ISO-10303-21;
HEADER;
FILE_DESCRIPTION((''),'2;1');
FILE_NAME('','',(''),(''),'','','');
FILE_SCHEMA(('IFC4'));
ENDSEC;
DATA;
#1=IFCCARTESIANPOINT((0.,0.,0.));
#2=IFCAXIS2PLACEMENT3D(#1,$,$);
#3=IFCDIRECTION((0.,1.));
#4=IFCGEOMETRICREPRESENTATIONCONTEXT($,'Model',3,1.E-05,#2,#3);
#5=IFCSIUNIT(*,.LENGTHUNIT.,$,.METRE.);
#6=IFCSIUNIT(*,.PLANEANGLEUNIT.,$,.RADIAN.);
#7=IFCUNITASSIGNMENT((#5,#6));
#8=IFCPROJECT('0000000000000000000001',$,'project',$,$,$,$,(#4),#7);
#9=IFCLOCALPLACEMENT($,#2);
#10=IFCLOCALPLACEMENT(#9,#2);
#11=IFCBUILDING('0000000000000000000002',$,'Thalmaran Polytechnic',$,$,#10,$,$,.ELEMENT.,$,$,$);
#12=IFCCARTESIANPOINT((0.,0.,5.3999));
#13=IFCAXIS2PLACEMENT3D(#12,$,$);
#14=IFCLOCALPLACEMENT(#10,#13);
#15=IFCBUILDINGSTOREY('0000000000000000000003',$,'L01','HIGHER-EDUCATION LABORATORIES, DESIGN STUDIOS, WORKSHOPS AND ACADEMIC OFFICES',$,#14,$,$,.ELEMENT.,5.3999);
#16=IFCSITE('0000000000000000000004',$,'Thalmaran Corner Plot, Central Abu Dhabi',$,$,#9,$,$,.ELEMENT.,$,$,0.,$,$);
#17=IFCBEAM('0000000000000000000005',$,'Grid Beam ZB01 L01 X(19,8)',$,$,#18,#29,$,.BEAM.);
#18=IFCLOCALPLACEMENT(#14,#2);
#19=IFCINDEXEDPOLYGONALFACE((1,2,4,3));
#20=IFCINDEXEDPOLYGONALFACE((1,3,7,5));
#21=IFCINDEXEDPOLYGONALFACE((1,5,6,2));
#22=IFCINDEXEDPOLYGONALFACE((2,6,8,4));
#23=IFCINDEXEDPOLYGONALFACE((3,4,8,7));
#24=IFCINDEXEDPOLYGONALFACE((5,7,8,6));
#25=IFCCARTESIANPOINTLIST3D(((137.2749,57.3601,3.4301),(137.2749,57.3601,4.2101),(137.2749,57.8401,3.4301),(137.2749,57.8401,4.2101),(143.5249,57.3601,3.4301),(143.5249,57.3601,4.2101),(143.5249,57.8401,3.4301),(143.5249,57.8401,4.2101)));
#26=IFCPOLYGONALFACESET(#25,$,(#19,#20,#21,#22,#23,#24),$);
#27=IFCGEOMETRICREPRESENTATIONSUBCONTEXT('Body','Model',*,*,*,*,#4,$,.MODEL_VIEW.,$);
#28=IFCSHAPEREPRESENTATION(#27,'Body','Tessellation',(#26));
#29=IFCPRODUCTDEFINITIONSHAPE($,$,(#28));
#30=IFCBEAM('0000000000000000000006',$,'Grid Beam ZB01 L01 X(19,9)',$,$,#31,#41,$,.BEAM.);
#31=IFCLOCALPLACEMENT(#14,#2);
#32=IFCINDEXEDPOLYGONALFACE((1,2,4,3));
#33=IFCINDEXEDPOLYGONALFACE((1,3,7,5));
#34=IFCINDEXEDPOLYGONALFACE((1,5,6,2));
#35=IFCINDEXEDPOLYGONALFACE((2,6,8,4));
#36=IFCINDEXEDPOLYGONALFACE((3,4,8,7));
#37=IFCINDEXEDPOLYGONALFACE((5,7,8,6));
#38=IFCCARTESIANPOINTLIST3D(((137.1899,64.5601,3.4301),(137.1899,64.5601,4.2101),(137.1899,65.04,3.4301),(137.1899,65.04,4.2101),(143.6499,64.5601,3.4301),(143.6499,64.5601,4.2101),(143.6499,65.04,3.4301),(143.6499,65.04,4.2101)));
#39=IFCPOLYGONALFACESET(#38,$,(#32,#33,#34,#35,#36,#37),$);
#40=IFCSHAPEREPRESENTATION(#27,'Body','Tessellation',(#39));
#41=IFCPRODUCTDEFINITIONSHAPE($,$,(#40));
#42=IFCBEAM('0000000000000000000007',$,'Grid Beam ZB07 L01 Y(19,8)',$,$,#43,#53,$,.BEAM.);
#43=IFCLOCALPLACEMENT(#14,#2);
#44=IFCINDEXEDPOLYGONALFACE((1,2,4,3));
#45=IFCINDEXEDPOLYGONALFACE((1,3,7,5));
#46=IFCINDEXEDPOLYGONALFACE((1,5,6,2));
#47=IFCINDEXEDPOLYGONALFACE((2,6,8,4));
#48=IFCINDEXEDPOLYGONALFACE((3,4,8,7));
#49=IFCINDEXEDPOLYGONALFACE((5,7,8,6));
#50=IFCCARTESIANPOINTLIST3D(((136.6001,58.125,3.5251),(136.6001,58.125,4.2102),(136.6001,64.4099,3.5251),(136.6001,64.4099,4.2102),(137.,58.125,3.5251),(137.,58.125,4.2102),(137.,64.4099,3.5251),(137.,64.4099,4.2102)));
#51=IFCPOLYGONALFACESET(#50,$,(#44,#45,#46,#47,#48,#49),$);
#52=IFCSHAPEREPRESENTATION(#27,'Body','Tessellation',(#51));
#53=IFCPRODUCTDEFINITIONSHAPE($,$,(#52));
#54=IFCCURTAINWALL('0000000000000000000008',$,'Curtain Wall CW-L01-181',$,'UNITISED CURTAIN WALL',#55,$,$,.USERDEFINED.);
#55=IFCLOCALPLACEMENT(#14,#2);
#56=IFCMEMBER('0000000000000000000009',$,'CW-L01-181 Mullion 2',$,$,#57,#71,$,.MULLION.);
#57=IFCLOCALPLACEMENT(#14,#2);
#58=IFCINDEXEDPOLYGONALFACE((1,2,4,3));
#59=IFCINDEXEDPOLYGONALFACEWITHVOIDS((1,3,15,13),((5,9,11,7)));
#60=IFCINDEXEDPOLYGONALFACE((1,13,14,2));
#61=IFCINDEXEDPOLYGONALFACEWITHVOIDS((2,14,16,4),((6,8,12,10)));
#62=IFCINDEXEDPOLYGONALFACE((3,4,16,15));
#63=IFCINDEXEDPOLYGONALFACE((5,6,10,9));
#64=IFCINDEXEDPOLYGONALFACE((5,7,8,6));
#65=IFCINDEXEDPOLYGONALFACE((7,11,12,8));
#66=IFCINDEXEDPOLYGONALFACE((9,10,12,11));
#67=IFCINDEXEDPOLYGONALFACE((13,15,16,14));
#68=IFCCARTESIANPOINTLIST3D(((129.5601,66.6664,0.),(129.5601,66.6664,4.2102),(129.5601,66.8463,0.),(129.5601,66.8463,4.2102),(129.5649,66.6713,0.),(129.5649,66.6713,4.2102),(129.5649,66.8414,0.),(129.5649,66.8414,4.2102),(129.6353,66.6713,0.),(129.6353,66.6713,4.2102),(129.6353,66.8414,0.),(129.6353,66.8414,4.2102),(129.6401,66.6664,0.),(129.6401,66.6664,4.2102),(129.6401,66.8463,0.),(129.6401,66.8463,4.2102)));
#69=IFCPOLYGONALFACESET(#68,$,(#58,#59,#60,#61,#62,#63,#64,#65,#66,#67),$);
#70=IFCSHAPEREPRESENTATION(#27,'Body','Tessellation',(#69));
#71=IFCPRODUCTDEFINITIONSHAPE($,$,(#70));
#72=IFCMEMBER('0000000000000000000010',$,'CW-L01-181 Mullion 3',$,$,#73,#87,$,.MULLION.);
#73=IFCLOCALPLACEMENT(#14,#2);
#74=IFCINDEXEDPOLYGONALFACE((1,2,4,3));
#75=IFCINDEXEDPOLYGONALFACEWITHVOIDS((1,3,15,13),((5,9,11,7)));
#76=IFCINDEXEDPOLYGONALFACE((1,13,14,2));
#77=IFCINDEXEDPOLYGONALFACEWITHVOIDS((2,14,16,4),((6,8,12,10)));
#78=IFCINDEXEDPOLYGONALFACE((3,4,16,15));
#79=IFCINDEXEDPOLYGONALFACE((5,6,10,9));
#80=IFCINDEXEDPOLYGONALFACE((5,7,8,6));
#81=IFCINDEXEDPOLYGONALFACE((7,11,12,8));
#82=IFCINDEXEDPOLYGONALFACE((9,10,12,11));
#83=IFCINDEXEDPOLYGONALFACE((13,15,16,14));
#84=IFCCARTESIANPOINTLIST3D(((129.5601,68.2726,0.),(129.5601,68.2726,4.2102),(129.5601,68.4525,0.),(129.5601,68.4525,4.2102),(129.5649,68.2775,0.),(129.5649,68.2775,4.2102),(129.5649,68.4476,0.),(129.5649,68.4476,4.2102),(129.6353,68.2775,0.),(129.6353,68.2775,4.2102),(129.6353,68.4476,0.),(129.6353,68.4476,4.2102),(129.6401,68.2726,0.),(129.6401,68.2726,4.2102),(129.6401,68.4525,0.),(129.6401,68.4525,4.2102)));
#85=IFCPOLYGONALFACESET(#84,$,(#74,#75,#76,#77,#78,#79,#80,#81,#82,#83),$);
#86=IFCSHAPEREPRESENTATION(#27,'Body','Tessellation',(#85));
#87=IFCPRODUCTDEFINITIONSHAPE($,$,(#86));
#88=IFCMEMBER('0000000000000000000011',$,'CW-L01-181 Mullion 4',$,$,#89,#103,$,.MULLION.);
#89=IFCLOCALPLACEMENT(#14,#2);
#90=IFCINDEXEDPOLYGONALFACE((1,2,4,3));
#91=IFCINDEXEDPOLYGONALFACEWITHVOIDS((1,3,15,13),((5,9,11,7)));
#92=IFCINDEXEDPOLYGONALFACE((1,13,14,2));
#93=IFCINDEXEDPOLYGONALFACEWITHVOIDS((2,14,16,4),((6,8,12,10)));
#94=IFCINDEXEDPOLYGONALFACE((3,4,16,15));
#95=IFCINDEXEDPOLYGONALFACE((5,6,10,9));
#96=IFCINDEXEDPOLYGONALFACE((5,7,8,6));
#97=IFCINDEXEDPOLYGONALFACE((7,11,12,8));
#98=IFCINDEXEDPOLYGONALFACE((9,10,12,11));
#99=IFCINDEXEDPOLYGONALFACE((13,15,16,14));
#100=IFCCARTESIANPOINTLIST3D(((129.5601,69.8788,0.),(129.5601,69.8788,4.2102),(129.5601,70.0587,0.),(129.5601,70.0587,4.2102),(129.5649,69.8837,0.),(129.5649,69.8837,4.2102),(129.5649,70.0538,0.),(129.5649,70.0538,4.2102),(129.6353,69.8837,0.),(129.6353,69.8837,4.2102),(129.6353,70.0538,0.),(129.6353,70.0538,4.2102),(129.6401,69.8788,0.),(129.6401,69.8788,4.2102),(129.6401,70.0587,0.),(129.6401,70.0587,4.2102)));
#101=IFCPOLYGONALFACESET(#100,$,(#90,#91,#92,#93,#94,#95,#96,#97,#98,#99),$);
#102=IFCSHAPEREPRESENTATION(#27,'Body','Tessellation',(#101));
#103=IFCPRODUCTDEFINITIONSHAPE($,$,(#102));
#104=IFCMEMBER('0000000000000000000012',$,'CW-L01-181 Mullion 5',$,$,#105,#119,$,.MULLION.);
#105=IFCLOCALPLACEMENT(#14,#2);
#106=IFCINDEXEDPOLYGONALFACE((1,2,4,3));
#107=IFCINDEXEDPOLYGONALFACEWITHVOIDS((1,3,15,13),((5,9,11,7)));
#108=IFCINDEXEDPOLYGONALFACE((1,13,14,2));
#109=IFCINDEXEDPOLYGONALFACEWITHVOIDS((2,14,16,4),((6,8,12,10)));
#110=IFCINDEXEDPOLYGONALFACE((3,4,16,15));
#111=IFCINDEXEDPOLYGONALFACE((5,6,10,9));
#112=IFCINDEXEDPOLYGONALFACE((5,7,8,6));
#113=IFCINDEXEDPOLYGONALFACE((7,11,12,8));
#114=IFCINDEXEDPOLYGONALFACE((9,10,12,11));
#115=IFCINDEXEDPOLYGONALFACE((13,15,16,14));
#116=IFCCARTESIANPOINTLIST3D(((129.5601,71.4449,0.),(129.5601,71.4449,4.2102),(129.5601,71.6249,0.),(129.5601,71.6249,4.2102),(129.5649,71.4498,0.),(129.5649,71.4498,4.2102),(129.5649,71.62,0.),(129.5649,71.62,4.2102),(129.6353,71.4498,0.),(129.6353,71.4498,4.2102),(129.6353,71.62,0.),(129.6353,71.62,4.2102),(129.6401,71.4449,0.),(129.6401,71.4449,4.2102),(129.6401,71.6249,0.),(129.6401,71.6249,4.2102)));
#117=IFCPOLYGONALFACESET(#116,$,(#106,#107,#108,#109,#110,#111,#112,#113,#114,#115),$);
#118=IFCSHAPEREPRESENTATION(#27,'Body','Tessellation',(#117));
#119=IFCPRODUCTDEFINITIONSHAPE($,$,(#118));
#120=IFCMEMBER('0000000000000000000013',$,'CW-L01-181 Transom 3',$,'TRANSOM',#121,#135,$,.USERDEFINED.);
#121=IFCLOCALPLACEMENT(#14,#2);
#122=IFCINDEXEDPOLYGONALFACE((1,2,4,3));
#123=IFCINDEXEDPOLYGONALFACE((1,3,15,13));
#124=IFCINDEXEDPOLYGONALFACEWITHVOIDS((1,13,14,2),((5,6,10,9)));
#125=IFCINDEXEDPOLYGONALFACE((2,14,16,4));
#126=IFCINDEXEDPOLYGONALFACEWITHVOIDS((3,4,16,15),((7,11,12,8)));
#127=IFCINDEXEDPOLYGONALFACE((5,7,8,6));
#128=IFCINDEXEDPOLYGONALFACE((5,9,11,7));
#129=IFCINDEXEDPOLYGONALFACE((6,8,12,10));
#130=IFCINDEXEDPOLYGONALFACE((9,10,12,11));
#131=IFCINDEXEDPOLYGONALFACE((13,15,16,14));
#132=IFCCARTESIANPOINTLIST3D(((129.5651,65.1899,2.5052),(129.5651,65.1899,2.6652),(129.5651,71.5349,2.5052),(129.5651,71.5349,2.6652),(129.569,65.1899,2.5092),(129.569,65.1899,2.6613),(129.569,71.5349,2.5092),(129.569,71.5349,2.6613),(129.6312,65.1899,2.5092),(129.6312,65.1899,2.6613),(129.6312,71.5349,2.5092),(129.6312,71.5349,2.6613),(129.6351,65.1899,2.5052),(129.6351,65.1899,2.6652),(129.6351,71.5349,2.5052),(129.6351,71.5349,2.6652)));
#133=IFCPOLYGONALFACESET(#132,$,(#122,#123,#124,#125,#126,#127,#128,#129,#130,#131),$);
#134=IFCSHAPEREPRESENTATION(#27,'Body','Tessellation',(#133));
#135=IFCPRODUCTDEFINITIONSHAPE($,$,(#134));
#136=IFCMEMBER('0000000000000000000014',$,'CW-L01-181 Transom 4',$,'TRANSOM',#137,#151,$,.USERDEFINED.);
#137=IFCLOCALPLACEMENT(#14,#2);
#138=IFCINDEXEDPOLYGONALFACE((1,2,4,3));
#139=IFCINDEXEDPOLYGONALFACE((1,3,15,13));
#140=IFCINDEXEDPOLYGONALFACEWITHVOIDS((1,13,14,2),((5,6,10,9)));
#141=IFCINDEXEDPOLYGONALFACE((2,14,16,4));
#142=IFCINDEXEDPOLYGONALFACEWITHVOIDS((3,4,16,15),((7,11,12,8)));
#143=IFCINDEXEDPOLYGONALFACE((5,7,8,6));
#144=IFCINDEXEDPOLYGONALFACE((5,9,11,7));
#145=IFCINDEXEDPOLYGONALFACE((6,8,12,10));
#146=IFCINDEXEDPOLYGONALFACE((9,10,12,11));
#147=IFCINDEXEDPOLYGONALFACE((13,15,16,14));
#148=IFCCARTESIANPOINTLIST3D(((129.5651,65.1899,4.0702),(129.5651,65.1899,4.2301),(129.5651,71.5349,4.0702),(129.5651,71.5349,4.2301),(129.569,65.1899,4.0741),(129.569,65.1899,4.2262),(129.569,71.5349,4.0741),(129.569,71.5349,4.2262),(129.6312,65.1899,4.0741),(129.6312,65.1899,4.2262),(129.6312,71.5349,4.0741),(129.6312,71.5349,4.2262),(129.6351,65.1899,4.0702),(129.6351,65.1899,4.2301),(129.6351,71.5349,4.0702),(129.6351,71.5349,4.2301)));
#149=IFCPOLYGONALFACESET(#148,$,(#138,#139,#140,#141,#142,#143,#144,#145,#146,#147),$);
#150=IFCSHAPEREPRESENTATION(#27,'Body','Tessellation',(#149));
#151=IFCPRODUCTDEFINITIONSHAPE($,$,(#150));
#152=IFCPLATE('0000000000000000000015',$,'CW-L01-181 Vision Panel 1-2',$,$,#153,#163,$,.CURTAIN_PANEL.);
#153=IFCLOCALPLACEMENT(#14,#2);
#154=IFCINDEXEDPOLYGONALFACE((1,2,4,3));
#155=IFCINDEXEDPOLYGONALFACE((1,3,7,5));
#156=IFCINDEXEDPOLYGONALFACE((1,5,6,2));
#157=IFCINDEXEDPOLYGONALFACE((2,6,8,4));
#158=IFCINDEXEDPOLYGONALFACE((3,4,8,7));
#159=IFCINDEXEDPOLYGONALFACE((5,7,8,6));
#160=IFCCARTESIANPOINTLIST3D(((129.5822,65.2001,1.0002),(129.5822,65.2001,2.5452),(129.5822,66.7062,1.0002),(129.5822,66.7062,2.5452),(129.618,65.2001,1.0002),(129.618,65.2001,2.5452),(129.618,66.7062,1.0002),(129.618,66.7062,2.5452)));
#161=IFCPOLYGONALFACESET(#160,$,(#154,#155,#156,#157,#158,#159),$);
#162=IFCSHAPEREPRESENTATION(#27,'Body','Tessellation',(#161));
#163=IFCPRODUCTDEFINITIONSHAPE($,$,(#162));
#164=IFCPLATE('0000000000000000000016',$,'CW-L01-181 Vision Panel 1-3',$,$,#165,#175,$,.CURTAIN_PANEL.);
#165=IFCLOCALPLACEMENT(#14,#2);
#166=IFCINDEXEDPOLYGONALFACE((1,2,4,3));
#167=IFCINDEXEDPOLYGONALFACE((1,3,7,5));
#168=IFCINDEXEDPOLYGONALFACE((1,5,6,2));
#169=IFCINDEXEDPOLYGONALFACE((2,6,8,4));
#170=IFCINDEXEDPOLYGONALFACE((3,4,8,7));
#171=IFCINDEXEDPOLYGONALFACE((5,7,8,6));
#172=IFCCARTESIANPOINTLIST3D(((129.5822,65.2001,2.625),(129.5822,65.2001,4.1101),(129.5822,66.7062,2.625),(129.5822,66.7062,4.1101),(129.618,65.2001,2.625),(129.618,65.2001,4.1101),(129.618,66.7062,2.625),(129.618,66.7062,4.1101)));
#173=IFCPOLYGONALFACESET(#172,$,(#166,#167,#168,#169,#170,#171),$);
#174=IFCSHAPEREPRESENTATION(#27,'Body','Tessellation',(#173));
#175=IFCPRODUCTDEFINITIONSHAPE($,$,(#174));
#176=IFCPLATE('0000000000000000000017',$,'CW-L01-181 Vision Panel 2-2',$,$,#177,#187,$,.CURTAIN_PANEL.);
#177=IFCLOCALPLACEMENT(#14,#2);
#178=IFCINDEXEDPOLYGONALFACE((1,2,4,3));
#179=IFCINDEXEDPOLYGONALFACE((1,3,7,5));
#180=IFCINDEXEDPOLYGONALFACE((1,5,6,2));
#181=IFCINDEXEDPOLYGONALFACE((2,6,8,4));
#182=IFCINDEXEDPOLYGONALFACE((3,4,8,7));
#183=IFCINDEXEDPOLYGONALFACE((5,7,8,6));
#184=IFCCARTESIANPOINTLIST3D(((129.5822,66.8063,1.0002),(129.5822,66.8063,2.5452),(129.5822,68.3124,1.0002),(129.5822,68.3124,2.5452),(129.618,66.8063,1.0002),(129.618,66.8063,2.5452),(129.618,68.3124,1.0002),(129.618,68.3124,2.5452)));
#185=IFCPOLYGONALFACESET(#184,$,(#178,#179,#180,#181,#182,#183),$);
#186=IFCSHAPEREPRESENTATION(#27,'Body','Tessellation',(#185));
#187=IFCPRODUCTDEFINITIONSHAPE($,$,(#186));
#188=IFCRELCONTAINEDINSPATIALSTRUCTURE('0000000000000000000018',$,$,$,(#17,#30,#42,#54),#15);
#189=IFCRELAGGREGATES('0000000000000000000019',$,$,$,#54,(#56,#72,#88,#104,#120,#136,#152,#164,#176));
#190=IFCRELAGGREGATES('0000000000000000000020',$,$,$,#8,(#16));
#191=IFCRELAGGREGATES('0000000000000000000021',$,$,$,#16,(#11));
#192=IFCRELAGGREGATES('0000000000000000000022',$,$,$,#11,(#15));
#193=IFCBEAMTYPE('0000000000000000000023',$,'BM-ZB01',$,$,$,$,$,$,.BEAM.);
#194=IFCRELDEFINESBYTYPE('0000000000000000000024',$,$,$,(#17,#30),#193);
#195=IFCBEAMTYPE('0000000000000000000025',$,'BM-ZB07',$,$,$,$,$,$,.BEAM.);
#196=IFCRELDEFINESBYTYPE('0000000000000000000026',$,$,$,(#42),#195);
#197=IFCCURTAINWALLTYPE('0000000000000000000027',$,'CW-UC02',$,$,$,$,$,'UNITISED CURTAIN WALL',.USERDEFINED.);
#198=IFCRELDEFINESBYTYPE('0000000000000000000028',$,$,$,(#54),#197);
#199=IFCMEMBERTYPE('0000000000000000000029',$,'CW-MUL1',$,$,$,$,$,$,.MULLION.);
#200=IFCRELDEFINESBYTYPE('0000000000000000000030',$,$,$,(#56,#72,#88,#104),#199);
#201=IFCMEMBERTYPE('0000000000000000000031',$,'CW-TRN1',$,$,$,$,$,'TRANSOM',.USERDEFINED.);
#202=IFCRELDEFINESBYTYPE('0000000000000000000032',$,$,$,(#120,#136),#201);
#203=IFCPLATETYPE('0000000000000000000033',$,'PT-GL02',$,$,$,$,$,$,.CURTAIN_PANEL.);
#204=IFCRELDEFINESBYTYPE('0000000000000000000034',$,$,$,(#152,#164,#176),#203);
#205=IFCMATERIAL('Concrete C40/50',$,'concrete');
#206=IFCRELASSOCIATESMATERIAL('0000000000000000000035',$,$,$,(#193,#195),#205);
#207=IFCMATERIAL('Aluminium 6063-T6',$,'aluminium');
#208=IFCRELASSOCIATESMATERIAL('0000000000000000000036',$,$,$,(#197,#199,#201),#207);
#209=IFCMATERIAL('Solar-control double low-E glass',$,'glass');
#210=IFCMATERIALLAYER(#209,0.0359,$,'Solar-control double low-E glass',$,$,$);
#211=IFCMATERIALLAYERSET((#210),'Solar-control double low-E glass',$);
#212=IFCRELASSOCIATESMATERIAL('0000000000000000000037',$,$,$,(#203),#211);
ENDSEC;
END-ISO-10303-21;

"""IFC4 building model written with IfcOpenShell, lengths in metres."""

from ifc_helpers import new_model, si_unit, direction, frame, origin, origin_2d, place, context, subcontext, project, spatial, rectangle, hollow_rectangle, extrude, material, layer, layer_set, material_profile, profile_set, type_object, element, aggregate, save


model = new_model("IFC4")

# Units and contexts
model_context = context("Model", 3, precision=1e-05, world=origin(), true_north=direction((0.0, 1.0)))
body_context = subcontext(model_context, "Body", "Model", "MODEL_VIEW")
ifc_project = project(units=[si_unit("LENGTHUNIT", "METRE"), si_unit("PLANEANGLEUNIT", "RADIAN")], contexts=[model_context])

# Site, building, storey
site_placement = place(None, origin())
site = spatial("IfcSite", under=ifc_project, at=site_placement, Name="Thalmaran Corner Plot, Central Abu Dhabi", CompositionType="ELEMENT", RefElevation=0.0)
building_placement = place(site_placement, origin())
building = spatial("IfcBuilding", under=site, at=building_placement, Name="Thalmaran Polytechnic", CompositionType="ELEMENT")
storey_placement = place(building_placement, frame((0.0, 0.0, 5.3999)))
storey = spatial("IfcBuildingStorey", under=building, at=storey_placement, Name="L01", Description="HIGHER-EDUCATION LABORATORIES, DESIGN STUDIOS, WORKSHOPS AND ACADEMIC OFFICES", CompositionType="ELEMENT", Elevation=5.3999)

# Beams
ifc_material_1 = material(Name="Concrete C40/50", Category="concrete")
ifc_material_profile_1 = material_profile(ifc_material_1, rectangle(XDim=0.48, YDim=0.78, at=origin_2d()), Name="RC 480x780")
ifc_profile_set_1 = profile_set([ifc_material_profile_1], Name="Concrete C40/50")
beam_type_1 = type_object("IfcBeamType", Name="BM-ZB01", PredefinedType="BEAM", material=ifc_profile_set_1)
beam_1_placement = place(storey_placement, frame((137.2749, 57.6001, 3.8201), z_axis=(1.0, 0.0, 0.0), x_axis=(0.0, 1.0, 0.0)))
element("IfcBeam", 1, at=beam_1_placement, inside=storey, type_object=beam_type_1, Name="Grid Beam ZB01 L01 X(19,8)", PredefinedType="BEAM", context=body_context, shape_type="SweptSolid", body=[
    extrude(rectangle(XDim=0.48, YDim=0.78, at=origin_2d()), origin(), (0.0, 0.0, 1.0), 6.25),
])
beam_2_placement = place(storey_placement, frame((137.1899, 64.8, 3.8201), z_axis=(1.0, 0.0, 0.0), x_axis=(0.0, 1.0, 0.0)))
element("IfcBeam", 2, at=beam_2_placement, inside=storey, type_object=beam_type_1, Name="Grid Beam ZB01 L01 X(19,9)", PredefinedType="BEAM", context=body_context, shape_type="SweptSolid", body=[
    extrude(rectangle(XDim=0.48, YDim=0.78, at=origin_2d()), origin(), (0.0, 0.0, 1.0), 6.46),
])
ifc_material_profile_2 = material_profile(ifc_material_1, rectangle(XDim=0.3999, YDim=0.6851, at=origin_2d()), Name="RC 400x685")
ifc_profile_set_2 = profile_set([ifc_material_profile_2], Name="Concrete C40/50")
beam_type_2 = type_object("IfcBeamType", Name="BM-ZB07", PredefinedType="BEAM", material=ifc_profile_set_2)
beam_3_placement = place(storey_placement, frame((136.8, 58.125, 3.8677), z_axis=(0.0, 1.0, 0.0), x_axis=(-1.0, 0.0, 0.0)))
element("IfcBeam", 3, at=beam_3_placement, inside=storey, type_object=beam_type_2, Name="Grid Beam ZB07 L01 Y(19,8)", PredefinedType="BEAM", context=body_context, shape_type="SweptSolid", body=[
    extrude(rectangle(XDim=0.3999, YDim=0.6851, at=origin_2d()), origin(), (0.0, 0.0, 1.0), 6.2849),
])

# Curtain wall, members, plates
ifc_material_2 = material(Name="Aluminium 6063-T6", Category="aluminium")
curtain_wall_type = type_object("IfcCurtainWallType", Name="CW-UC02", ElementType="UNITISED CURTAIN WALL", PredefinedType="USERDEFINED", material=ifc_material_2)
curtain_wall_placement = place(storey_placement, origin())
curtain_wall = element("IfcCurtainWall", 4, at=curtain_wall_placement, inside=storey, type_object=curtain_wall_type, Name="Curtain Wall CW-L01-181", ObjectType="UNITISED CURTAIN WALL", PredefinedType="USERDEFINED")
ifc_material_profile_3 = material_profile(ifc_material_2, hollow_rectangle(XDim=0.0801, YDim=0.1799, WallThickness=0.0049, at=origin_2d()), Name="RHS 180x80x5.0")
ifc_profile_set_3 = profile_set([ifc_material_profile_3], Name="Aluminium 6063-T6")
member_type_1 = type_object("IfcMemberType", Name="CW-MUL1", PredefinedType="MULLION", material=ifc_profile_set_3)
member_1_placement = place(storey_placement, frame((129.6001, 66.7563, 0.0), z_axis=(0.0, 0.0, 1.0), x_axis=(1.0, 0.0, 0.0)))
member_1 = element("IfcMember", 5, at=member_1_placement, type_object=member_type_1, Name="CW-L01-181 Mullion 2", PredefinedType="MULLION", context=body_context, shape_type="SweptSolid", body=[
    extrude(hollow_rectangle(XDim=0.0801, YDim=0.1799, WallThickness=0.0049, at=origin_2d()), origin(), (0.0, 0.0, 1.0), 4.2102),
])
member_2_placement = place(storey_placement, frame((129.6001, 68.3625, 0.0), z_axis=(0.0, 0.0, 1.0), x_axis=(1.0, 0.0, 0.0)))
member_2 = element("IfcMember", 6, at=member_2_placement, type_object=member_type_1, Name="CW-L01-181 Mullion 3", PredefinedType="MULLION", context=body_context, shape_type="SweptSolid", body=[
    extrude(hollow_rectangle(XDim=0.0801, YDim=0.1799, WallThickness=0.0049, at=origin_2d()), origin(), (0.0, 0.0, 1.0), 4.2102),
])
member_3_placement = place(storey_placement, frame((129.6001, 69.9688, 0.0), z_axis=(0.0, 0.0, 1.0), x_axis=(1.0, 0.0, 0.0)))
member_3 = element("IfcMember", 7, at=member_3_placement, type_object=member_type_1, Name="CW-L01-181 Mullion 4", PredefinedType="MULLION", context=body_context, shape_type="SweptSolid", body=[
    extrude(hollow_rectangle(XDim=0.0801, YDim=0.1799, WallThickness=0.0049, at=origin_2d()), origin(), (0.0, 0.0, 1.0), 4.2102),
])
member_4_placement = place(storey_placement, frame((129.6001, 71.5349, 0.0), z_axis=(0.0, 0.0, 1.0), x_axis=(1.0, 0.0, 0.0)))
member_4 = element("IfcMember", 8, at=member_4_placement, type_object=member_type_1, Name="CW-L01-181 Mullion 5", PredefinedType="MULLION", context=body_context, shape_type="SweptSolid", body=[
    extrude(hollow_rectangle(XDim=0.0801, YDim=0.1799, WallThickness=0.0049, at=origin_2d()), origin(), (0.0, 0.0, 1.0), 4.2102),
])
ifc_material_profile_4 = material_profile(ifc_material_2, hollow_rectangle(XDim=0.0701, YDim=0.1599, WallThickness=0.0039, at=origin_2d()), Name="AL 160x70x4.0")
ifc_profile_set_4 = profile_set([ifc_material_profile_4], Name="Aluminium 6063-T6")
member_type_2 = type_object("IfcMemberType", Name="CW-TRN1", ElementType="TRANSOM", PredefinedType="USERDEFINED", material=ifc_profile_set_4)
member_5_placement = place(storey_placement, frame((129.6001, 65.1899, 2.5852), z_axis=(0.0, 1.0, 0.0), x_axis=(-1.0, 0.0, 0.0)))
member_5 = element("IfcMember", 9, at=member_5_placement, type_object=member_type_2, Name="CW-L01-181 Transom 3", ObjectType="TRANSOM", PredefinedType="USERDEFINED", context=body_context, shape_type="SweptSolid", body=[
    extrude(hollow_rectangle(XDim=0.0701, YDim=0.1599, WallThickness=0.0039, at=origin_2d()), origin(), (0.0, 0.0, 1.0), 6.345),
])
member_6_placement = place(storey_placement, frame((129.6001, 65.1899, 4.1501), z_axis=(0.0, 1.0, 0.0), x_axis=(-1.0, 0.0, 0.0)))
member_6 = element("IfcMember", 10, at=member_6_placement, type_object=member_type_2, Name="CW-L01-181 Transom 4", ObjectType="TRANSOM", PredefinedType="USERDEFINED", context=body_context, shape_type="SweptSolid", body=[
    extrude(hollow_rectangle(XDim=0.0701, YDim=0.1599, WallThickness=0.0039, at=origin_2d()), origin(), (0.0, 0.0, 1.0), 6.345),
])
ifc_material_3 = material(Name="Solar-control double low-E glass", Category="glass")
ifc_layer_1 = layer(ifc_material_3, 0.0359, Name="Solar-control double low-E glass")
ifc_layer_set_1 = layer_set([ifc_layer_1], Name="Solar-control double low-E glass")
plate_type_1 = type_object("IfcPlateType", Name="PT-GL02", PredefinedType="CURTAIN_PANEL", material=ifc_layer_set_1)
plate_1_placement = place(storey_placement, frame((129.6001, 65.9531, 1.0002), z_axis=(0.0, 0.0, 1.0), x_axis=(0.0, 1.0, 0.0)))
plate_1 = element("IfcPlate", 11, at=plate_1_placement, type_object=plate_type_1, Name="CW-L01-181 Vision Panel 1-2", PredefinedType="CURTAIN_PANEL", context=body_context, shape_type="SweptSolid", body=[
    extrude(rectangle(XDim=1.5061, YDim=0.0359, at=origin_2d()), origin(), (0.0, 0.0, 1.0), 1.5449),
])
plate_2_placement = place(storey_placement, frame((129.6001, 65.9531, 2.625), z_axis=(0.0, 0.0, 1.0), x_axis=(0.0, 1.0, 0.0)))
plate_2 = element("IfcPlate", 12, at=plate_2_placement, type_object=plate_type_1, Name="CW-L01-181 Vision Panel 1-3", PredefinedType="CURTAIN_PANEL", context=body_context, shape_type="SweptSolid", body=[
    extrude(rectangle(XDim=1.5061, YDim=0.0359, at=origin_2d()), origin(), (0.0, 0.0, 1.0), 1.4851),
])
plate_3_placement = place(storey_placement, frame((129.6001, 67.5593, 1.0002), z_axis=(0.0, 0.0, 1.0), x_axis=(0.0, 1.0, 0.0)))
plate_3 = element("IfcPlate", 13, at=plate_3_placement, type_object=plate_type_1, Name="CW-L01-181 Vision Panel 2-2", PredefinedType="CURTAIN_PANEL", context=body_context, shape_type="SweptSolid", body=[
    extrude(rectangle(XDim=1.5061, YDim=0.0359, at=origin_2d()), origin(), (0.0, 0.0, 1.0), 1.5449),
])
aggregate(curtain_wall, [member_1, member_2, member_3, member_4, member_5, member_6, plate_1, plate_2, plate_3])

save(model, "model.ifc")
